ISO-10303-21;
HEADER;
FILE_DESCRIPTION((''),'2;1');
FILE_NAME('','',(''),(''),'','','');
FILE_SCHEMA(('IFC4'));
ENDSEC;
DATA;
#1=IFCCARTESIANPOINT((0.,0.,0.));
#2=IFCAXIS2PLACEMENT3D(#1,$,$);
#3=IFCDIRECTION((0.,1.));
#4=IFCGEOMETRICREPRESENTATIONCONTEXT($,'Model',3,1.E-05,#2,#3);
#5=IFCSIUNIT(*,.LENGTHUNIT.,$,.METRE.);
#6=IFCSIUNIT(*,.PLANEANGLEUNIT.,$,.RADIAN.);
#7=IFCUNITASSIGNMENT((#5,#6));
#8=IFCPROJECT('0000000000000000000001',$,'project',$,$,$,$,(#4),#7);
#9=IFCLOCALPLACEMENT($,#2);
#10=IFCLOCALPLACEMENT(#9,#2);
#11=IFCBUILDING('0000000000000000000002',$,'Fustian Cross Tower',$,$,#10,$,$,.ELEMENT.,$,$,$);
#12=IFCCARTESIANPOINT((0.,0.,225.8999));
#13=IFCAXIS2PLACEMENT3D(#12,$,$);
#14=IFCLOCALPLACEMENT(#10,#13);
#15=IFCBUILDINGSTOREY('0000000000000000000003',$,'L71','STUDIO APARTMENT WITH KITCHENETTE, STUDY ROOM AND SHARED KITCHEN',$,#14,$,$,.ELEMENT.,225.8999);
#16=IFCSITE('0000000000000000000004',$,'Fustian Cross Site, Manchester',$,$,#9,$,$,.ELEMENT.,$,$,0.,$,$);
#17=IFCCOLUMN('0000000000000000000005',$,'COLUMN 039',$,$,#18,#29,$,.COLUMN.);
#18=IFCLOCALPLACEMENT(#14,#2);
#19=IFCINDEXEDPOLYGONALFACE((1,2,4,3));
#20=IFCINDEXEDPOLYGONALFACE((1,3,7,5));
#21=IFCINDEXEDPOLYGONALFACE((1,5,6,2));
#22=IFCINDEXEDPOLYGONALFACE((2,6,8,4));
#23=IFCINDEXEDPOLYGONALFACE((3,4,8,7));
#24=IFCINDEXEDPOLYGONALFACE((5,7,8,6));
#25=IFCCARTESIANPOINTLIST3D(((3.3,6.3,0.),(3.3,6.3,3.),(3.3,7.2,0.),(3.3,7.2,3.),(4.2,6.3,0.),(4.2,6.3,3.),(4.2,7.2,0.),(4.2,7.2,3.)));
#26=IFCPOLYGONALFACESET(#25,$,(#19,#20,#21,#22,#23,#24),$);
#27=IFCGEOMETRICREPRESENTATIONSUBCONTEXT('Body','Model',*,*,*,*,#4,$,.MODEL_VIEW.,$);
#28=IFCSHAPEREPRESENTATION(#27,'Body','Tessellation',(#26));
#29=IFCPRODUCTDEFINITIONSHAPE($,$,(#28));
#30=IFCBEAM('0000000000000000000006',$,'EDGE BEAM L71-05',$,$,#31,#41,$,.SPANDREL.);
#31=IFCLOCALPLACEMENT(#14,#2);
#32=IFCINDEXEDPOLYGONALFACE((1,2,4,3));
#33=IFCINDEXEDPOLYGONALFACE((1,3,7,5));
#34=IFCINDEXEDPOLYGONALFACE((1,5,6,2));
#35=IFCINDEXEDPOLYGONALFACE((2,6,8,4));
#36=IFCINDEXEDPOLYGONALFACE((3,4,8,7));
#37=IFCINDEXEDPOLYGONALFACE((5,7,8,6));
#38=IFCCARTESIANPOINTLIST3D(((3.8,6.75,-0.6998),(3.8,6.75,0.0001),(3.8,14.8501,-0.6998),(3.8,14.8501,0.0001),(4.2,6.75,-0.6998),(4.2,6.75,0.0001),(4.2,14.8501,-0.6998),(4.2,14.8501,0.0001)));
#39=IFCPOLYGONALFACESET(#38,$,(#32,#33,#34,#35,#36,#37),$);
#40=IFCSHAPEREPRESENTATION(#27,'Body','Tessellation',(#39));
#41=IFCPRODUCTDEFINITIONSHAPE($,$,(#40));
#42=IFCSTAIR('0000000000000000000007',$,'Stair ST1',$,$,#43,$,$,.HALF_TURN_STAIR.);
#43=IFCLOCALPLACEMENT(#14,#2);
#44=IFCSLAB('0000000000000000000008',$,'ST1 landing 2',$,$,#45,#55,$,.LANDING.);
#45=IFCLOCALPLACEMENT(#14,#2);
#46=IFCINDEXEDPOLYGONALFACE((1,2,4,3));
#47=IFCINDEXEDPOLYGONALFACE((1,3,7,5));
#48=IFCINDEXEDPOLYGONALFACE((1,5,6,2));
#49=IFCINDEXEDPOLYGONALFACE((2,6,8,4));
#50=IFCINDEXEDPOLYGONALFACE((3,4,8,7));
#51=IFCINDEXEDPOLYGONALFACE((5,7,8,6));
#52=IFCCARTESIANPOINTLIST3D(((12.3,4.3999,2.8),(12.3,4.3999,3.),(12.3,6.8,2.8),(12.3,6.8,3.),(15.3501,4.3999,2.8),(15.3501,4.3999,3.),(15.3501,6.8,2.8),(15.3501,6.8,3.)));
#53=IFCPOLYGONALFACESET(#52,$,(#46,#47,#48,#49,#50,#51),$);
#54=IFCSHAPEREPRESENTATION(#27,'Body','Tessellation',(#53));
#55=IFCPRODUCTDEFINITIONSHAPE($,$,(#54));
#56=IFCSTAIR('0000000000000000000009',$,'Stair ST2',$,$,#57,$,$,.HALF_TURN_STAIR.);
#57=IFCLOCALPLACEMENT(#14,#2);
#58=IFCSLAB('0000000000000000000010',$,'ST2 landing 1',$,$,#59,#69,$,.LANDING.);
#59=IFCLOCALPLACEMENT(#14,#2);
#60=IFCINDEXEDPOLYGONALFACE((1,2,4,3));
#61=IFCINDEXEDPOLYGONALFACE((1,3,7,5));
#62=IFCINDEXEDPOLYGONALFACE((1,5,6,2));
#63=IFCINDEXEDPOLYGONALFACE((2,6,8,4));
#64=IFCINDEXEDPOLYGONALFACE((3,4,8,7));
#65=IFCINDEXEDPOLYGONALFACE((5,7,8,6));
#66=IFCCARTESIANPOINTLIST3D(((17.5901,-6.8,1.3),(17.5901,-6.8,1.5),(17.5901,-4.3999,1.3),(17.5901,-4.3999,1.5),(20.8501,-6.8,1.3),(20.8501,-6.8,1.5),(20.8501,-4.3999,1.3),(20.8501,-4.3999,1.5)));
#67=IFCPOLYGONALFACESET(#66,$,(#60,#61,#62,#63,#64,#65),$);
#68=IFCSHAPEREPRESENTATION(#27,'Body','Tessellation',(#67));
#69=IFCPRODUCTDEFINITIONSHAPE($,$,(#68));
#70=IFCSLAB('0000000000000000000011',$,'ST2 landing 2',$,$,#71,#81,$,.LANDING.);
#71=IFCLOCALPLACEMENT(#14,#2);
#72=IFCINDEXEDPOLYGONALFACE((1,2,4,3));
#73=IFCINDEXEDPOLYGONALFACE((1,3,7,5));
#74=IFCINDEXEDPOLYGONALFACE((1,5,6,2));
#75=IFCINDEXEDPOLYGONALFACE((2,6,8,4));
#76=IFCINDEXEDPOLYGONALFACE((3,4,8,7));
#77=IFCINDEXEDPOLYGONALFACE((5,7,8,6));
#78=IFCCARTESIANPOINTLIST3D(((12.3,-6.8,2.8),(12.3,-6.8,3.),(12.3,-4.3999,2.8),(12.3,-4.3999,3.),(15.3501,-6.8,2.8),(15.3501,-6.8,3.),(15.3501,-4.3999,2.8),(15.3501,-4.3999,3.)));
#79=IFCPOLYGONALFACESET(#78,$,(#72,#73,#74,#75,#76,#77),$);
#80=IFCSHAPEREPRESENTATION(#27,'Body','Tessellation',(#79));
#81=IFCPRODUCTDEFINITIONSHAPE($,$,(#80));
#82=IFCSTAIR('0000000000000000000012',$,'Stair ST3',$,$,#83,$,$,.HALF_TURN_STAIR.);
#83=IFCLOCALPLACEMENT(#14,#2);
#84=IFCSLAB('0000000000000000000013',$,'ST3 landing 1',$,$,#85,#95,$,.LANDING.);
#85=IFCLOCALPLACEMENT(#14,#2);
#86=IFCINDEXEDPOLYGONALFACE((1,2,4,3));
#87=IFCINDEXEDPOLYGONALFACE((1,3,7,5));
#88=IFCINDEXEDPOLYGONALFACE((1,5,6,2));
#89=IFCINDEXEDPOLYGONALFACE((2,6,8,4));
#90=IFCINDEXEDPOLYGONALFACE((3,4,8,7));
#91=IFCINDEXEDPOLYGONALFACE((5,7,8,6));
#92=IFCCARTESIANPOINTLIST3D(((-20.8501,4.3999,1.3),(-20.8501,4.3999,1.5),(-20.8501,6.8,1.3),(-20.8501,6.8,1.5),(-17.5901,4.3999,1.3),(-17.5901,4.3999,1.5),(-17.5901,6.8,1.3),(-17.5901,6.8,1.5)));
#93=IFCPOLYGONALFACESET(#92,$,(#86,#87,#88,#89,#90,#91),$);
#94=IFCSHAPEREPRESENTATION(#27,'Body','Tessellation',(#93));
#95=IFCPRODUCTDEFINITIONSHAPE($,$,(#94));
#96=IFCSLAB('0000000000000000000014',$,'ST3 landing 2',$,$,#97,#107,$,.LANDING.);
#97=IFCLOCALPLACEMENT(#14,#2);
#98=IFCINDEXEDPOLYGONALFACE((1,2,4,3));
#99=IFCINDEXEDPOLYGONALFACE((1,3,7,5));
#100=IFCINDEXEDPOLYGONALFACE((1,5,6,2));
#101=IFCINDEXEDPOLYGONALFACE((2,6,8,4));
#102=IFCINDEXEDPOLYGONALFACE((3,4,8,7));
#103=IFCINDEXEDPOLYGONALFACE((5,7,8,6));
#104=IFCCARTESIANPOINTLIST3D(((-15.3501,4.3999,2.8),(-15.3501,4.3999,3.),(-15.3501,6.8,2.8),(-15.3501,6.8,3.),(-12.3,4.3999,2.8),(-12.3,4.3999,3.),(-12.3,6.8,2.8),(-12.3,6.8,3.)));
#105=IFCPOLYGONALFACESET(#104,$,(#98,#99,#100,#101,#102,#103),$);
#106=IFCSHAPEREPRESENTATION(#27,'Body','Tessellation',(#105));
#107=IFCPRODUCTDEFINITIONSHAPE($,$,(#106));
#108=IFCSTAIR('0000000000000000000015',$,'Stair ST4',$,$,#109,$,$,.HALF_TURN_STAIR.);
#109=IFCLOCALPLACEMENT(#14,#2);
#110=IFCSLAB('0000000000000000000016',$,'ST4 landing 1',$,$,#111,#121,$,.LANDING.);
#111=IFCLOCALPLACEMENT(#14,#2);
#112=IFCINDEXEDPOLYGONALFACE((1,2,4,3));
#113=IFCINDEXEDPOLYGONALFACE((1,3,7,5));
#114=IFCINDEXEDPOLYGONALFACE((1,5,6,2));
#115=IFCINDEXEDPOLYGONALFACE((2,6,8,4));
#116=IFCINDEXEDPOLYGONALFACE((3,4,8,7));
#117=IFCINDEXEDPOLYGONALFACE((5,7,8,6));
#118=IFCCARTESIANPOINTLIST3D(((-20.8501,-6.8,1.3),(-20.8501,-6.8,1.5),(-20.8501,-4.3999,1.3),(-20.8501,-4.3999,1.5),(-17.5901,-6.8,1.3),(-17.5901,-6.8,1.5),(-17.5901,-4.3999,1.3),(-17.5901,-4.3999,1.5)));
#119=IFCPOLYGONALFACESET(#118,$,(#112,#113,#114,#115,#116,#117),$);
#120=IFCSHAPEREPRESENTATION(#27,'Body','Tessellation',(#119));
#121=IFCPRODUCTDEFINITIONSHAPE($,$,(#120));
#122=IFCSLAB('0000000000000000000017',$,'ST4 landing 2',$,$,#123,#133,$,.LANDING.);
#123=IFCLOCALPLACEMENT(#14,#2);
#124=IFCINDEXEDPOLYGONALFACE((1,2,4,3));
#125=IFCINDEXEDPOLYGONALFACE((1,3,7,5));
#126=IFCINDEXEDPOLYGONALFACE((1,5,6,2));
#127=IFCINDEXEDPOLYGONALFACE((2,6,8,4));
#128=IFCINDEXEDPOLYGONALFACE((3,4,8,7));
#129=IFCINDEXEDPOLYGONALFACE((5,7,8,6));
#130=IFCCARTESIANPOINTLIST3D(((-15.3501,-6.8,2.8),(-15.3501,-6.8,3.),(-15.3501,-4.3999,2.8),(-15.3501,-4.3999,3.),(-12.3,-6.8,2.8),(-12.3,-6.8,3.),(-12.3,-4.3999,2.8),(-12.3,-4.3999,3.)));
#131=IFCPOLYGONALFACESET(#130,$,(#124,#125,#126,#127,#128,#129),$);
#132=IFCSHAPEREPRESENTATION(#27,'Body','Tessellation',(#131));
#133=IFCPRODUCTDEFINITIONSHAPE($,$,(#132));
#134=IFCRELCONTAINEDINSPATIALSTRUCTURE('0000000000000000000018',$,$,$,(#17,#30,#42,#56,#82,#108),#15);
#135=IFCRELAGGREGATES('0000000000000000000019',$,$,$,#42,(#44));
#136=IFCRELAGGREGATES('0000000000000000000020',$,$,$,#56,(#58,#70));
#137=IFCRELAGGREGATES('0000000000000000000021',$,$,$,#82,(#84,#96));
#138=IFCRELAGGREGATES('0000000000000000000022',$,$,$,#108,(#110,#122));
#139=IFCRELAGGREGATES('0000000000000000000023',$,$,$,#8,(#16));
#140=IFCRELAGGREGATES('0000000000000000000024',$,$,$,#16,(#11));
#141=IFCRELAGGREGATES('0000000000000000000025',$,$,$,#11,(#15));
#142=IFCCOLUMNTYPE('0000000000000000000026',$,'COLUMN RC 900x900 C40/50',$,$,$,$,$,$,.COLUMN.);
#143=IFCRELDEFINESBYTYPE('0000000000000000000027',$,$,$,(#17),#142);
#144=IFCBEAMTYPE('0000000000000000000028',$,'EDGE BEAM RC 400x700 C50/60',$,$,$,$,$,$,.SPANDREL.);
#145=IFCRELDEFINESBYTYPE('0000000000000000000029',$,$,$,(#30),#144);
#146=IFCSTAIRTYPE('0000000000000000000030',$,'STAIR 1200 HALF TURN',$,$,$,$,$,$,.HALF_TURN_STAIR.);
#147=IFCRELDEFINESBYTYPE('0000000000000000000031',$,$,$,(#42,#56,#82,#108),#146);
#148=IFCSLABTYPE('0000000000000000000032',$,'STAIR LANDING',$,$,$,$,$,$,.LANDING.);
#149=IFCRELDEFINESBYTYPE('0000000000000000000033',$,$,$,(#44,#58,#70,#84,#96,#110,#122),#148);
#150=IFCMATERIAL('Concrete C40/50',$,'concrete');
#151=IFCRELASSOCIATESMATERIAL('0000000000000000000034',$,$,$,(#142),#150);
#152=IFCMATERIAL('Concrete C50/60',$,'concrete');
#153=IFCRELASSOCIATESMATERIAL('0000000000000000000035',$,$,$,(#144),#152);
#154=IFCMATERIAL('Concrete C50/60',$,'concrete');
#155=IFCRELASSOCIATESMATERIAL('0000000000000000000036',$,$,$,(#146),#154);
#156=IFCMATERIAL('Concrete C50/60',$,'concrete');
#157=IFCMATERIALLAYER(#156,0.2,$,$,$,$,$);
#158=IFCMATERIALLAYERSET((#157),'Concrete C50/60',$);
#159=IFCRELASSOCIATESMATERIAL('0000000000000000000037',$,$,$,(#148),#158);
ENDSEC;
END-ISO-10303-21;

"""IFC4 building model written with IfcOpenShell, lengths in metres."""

from ifc_helpers import new_model, si_unit, direction, frame, origin, origin_2d, place, context, subcontext, project, spatial, polyline, rectangle, outline, extrude, material, layer, layer_set, material_profile, profile_set, type_object, element, aggregate, save


model = new_model("IFC4")

# Units and contexts
model_context = context("Model", 3, precision=1e-05, world=origin(), true_north=direction((0.0, 1.0)))
body_context = subcontext(model_context, "Body", "Model", "MODEL_VIEW")
ifc_project = project(units=[si_unit("LENGTHUNIT", "METRE"), si_unit("PLANEANGLEUNIT", "RADIAN")], contexts=[model_context])

# Site, building, storey
site_placement = place(None, origin())
site = spatial("IfcSite", under=ifc_project, at=site_placement, Name="Fustian Cross Site, Manchester", CompositionType="ELEMENT", RefElevation=0.0)
building_placement = place(site_placement, origin())
building = spatial("IfcBuilding", under=site, at=building_placement, Name="Fustian Cross Tower", CompositionType="ELEMENT")
storey_placement = place(building_placement, frame((0.0, 0.0, 225.8999)))
storey = spatial("IfcBuildingStorey", under=building, at=storey_placement, Name="L71", Description="STUDIO APARTMENT WITH KITCHENETTE, STUDY ROOM AND SHARED KITCHEN", CompositionType="ELEMENT", Elevation=225.8999)

# Column
ifc_material_1 = material(Name="Concrete C40/50", Category="concrete")
ifc_material_profile_1 = material_profile(ifc_material_1, rectangle(XDim=0.8999, YDim=0.8999, at=origin_2d()), Name="RC 900x900")
ifc_profile_set_1 = profile_set([ifc_material_profile_1], Name="Concrete C40/50")
column_type = type_object("IfcColumnType", Name="COLUMN RC 900x900 C40/50", PredefinedType="COLUMN", material=ifc_profile_set_1)
column_placement = place(storey_placement, frame((3.75, 6.75, 0.0), z_axis=(0.0, 0.0, 1.0), x_axis=(1.0, 0.0, 0.0)))
element("IfcColumn", 1, at=column_placement, inside=storey, type_object=column_type, Name="COLUMN 039", PredefinedType="COLUMN", context=body_context, shape_type="SweptSolid", body=[
    extrude(rectangle(XDim=0.8999, YDim=0.8999, at=origin_2d()), origin(), (0.0, 0.0, 1.0), 3.0),
])

# Beam
ifc_material_2 = material(Name="Concrete C50/60", Category="concrete")
ifc_material_profile_2 = material_profile(ifc_material_2, rectangle(XDim=0.3999, YDim=0.7, at=origin_2d()), Name="RC 400x700")
ifc_profile_set_2 = profile_set([ifc_material_profile_2], Name="Concrete C50/60")
beam_type = type_object("IfcBeamType", Name="EDGE BEAM RC 400x700 C50/60", PredefinedType="SPANDREL", material=ifc_profile_set_2)
beam_placement = place(storey_placement, frame((4.0, 6.75, -0.3499), z_axis=(0.0, 1.0, 0.0), x_axis=(-1.0, 0.0, 0.0)))
element("IfcBeam", 2, at=beam_placement, inside=storey, type_object=beam_type, Name="EDGE BEAM L71-05", PredefinedType="SPANDREL", context=body_context, shape_type="SweptSolid", body=[
    extrude(rectangle(XDim=0.3999, YDim=0.7, at=origin_2d()), origin(), (0.0, 0.0, 1.0), 8.1001),
])

# Stair, slab
ifc_material_3 = material(Name="Concrete C50/60", Category="concrete")
stair_type = type_object("IfcStairType", Name="STAIR 1200 HALF TURN", PredefinedType="HALF_TURN_STAIR", material=ifc_material_3)
stair_1_placement = place(storey_placement, origin())
stair_1 = element("IfcStair", 3, at=stair_1_placement, inside=storey, type_object=stair_type, Name="Stair ST1", PredefinedType="HALF_TURN_STAIR")
ifc_material_4 = material(Name="Concrete C50/60", Category="concrete")
ifc_layer_1 = layer(ifc_material_4, 0.2)
ifc_layer_set_1 = layer_set([ifc_layer_1], Name="Concrete C50/60")
slab_type = type_object("IfcSlabType", Name="STAIR LANDING", PredefinedType="LANDING", material=ifc_layer_set_1)
slab_1_placement = place(storey_placement, frame((0.0, 0.0, 2.8)))
slab_1 = element("IfcSlab", 4, at=slab_1_placement, type_object=slab_type, Name="ST1 landing 2", PredefinedType="LANDING", context=body_context, shape_type="SweptSolid", body=[
    extrude(outline(polyline([(12.3, 4.3999), (15.3501, 4.3999), (15.3501, 6.8), (12.3, 6.8), (12.3, 4.3999)])), origin(), (0.0, 0.0, 1.0), 0.2),
])
aggregate(stair_1, [slab_1])

# Stairs, slabs
stair_2_placement = place(storey_placement, origin())
stair_2 = element("IfcStair", 5, at=stair_2_placement, inside=storey, type_object=stair_type, Name="Stair ST2", PredefinedType="HALF_TURN_STAIR")
slab_2_placement = place(storey_placement, frame((0.0, 0.0, 1.3)))
slab_2 = element("IfcSlab", 6, at=slab_2_placement, type_object=slab_type, Name="ST2 landing 1", PredefinedType="LANDING", context=body_context, shape_type="SweptSolid", body=[
    extrude(outline(polyline([(17.5901, -4.3999), (20.8501, -4.3999), (20.8501, -6.8), (17.5901, -6.8), (17.5901, -4.3999)])), origin(), (0.0, 0.0, 1.0), 0.2),
])
slab_3_placement = place(storey_placement, frame((0.0, 0.0, 2.8)))
slab_3 = element("IfcSlab", 7, at=slab_3_placement, type_object=slab_type, Name="ST2 landing 2", PredefinedType="LANDING", context=body_context, shape_type="SweptSolid", body=[
    extrude(outline(polyline([(12.3, -4.3999), (15.3501, -4.3999), (15.3501, -6.8), (12.3, -6.8), (12.3, -4.3999)])), origin(), (0.0, 0.0, 1.0), 0.2),
])
aggregate(stair_2, [slab_2, slab_3])
stair_3_placement = place(storey_placement, origin())
stair_3 = element("IfcStair", 8, at=stair_3_placement, inside=storey, type_object=stair_type, Name="Stair ST3", PredefinedType="HALF_TURN_STAIR")
slab_4_placement = place(storey_placement, frame((0.0, 0.0, 1.3)))
slab_4 = element("IfcSlab", 9, at=slab_4_placement, type_object=slab_type, Name="ST3 landing 1", PredefinedType="LANDING", context=body_context, shape_type="SweptSolid", body=[
    extrude(outline(polyline([(-17.5901, 4.3999), (-20.8501, 4.3999), (-20.8501, 6.8), (-17.5901, 6.8), (-17.5901, 4.3999)])), origin(), (0.0, 0.0, 1.0), 0.2),
])
slab_5_placement = place(storey_placement, frame((0.0, 0.0, 2.8)))
slab_5 = element("IfcSlab", 10, at=slab_5_placement, type_object=slab_type, Name="ST3 landing 2", PredefinedType="LANDING", context=body_context, shape_type="SweptSolid", body=[
    extrude(outline(polyline([(-12.3, 4.3999), (-15.3501, 4.3999), (-15.3501, 6.8), (-12.3, 6.8), (-12.3, 4.3999)])), origin(), (0.0, 0.0, 1.0), 0.2),
])
aggregate(stair_3, [slab_4, slab_5])
stair_4_placement = place(storey_placement, origin())
stair_4 = element("IfcStair", 11, at=stair_4_placement, inside=storey, type_object=stair_type, Name="Stair ST4", PredefinedType="HALF_TURN_STAIR")
slab_6_placement = place(storey_placement, frame((0.0, 0.0, 1.3)))
slab_6 = element("IfcSlab", 12, at=slab_6_placement, type_object=slab_type, Name="ST4 landing 1", PredefinedType="LANDING", context=body_context, shape_type="SweptSolid", body=[
    extrude(outline(polyline([(-17.5901, -4.3999), (-20.8501, -4.3999), (-20.8501, -6.8), (-17.5901, -6.8), (-17.5901, -4.3999)])), origin(), (0.0, 0.0, 1.0), 0.2),
])
slab_7_placement = place(storey_placement, frame((0.0, 0.0, 2.8)))
slab_7 = element("IfcSlab", 13, at=slab_7_placement, type_object=slab_type, Name="ST4 landing 2", PredefinedType="LANDING", context=body_context, shape_type="SweptSolid", body=[
    extrude(outline(polyline([(-12.3, -4.3999), (-15.3501, -4.3999), (-15.3501, -6.8), (-12.3, -6.8), (-12.3, -4.3999)])), origin(), (0.0, 0.0, 1.0), 0.2),
])
aggregate(stair_4, [slab_6, slab_7])

save(model, "model.ifc")
